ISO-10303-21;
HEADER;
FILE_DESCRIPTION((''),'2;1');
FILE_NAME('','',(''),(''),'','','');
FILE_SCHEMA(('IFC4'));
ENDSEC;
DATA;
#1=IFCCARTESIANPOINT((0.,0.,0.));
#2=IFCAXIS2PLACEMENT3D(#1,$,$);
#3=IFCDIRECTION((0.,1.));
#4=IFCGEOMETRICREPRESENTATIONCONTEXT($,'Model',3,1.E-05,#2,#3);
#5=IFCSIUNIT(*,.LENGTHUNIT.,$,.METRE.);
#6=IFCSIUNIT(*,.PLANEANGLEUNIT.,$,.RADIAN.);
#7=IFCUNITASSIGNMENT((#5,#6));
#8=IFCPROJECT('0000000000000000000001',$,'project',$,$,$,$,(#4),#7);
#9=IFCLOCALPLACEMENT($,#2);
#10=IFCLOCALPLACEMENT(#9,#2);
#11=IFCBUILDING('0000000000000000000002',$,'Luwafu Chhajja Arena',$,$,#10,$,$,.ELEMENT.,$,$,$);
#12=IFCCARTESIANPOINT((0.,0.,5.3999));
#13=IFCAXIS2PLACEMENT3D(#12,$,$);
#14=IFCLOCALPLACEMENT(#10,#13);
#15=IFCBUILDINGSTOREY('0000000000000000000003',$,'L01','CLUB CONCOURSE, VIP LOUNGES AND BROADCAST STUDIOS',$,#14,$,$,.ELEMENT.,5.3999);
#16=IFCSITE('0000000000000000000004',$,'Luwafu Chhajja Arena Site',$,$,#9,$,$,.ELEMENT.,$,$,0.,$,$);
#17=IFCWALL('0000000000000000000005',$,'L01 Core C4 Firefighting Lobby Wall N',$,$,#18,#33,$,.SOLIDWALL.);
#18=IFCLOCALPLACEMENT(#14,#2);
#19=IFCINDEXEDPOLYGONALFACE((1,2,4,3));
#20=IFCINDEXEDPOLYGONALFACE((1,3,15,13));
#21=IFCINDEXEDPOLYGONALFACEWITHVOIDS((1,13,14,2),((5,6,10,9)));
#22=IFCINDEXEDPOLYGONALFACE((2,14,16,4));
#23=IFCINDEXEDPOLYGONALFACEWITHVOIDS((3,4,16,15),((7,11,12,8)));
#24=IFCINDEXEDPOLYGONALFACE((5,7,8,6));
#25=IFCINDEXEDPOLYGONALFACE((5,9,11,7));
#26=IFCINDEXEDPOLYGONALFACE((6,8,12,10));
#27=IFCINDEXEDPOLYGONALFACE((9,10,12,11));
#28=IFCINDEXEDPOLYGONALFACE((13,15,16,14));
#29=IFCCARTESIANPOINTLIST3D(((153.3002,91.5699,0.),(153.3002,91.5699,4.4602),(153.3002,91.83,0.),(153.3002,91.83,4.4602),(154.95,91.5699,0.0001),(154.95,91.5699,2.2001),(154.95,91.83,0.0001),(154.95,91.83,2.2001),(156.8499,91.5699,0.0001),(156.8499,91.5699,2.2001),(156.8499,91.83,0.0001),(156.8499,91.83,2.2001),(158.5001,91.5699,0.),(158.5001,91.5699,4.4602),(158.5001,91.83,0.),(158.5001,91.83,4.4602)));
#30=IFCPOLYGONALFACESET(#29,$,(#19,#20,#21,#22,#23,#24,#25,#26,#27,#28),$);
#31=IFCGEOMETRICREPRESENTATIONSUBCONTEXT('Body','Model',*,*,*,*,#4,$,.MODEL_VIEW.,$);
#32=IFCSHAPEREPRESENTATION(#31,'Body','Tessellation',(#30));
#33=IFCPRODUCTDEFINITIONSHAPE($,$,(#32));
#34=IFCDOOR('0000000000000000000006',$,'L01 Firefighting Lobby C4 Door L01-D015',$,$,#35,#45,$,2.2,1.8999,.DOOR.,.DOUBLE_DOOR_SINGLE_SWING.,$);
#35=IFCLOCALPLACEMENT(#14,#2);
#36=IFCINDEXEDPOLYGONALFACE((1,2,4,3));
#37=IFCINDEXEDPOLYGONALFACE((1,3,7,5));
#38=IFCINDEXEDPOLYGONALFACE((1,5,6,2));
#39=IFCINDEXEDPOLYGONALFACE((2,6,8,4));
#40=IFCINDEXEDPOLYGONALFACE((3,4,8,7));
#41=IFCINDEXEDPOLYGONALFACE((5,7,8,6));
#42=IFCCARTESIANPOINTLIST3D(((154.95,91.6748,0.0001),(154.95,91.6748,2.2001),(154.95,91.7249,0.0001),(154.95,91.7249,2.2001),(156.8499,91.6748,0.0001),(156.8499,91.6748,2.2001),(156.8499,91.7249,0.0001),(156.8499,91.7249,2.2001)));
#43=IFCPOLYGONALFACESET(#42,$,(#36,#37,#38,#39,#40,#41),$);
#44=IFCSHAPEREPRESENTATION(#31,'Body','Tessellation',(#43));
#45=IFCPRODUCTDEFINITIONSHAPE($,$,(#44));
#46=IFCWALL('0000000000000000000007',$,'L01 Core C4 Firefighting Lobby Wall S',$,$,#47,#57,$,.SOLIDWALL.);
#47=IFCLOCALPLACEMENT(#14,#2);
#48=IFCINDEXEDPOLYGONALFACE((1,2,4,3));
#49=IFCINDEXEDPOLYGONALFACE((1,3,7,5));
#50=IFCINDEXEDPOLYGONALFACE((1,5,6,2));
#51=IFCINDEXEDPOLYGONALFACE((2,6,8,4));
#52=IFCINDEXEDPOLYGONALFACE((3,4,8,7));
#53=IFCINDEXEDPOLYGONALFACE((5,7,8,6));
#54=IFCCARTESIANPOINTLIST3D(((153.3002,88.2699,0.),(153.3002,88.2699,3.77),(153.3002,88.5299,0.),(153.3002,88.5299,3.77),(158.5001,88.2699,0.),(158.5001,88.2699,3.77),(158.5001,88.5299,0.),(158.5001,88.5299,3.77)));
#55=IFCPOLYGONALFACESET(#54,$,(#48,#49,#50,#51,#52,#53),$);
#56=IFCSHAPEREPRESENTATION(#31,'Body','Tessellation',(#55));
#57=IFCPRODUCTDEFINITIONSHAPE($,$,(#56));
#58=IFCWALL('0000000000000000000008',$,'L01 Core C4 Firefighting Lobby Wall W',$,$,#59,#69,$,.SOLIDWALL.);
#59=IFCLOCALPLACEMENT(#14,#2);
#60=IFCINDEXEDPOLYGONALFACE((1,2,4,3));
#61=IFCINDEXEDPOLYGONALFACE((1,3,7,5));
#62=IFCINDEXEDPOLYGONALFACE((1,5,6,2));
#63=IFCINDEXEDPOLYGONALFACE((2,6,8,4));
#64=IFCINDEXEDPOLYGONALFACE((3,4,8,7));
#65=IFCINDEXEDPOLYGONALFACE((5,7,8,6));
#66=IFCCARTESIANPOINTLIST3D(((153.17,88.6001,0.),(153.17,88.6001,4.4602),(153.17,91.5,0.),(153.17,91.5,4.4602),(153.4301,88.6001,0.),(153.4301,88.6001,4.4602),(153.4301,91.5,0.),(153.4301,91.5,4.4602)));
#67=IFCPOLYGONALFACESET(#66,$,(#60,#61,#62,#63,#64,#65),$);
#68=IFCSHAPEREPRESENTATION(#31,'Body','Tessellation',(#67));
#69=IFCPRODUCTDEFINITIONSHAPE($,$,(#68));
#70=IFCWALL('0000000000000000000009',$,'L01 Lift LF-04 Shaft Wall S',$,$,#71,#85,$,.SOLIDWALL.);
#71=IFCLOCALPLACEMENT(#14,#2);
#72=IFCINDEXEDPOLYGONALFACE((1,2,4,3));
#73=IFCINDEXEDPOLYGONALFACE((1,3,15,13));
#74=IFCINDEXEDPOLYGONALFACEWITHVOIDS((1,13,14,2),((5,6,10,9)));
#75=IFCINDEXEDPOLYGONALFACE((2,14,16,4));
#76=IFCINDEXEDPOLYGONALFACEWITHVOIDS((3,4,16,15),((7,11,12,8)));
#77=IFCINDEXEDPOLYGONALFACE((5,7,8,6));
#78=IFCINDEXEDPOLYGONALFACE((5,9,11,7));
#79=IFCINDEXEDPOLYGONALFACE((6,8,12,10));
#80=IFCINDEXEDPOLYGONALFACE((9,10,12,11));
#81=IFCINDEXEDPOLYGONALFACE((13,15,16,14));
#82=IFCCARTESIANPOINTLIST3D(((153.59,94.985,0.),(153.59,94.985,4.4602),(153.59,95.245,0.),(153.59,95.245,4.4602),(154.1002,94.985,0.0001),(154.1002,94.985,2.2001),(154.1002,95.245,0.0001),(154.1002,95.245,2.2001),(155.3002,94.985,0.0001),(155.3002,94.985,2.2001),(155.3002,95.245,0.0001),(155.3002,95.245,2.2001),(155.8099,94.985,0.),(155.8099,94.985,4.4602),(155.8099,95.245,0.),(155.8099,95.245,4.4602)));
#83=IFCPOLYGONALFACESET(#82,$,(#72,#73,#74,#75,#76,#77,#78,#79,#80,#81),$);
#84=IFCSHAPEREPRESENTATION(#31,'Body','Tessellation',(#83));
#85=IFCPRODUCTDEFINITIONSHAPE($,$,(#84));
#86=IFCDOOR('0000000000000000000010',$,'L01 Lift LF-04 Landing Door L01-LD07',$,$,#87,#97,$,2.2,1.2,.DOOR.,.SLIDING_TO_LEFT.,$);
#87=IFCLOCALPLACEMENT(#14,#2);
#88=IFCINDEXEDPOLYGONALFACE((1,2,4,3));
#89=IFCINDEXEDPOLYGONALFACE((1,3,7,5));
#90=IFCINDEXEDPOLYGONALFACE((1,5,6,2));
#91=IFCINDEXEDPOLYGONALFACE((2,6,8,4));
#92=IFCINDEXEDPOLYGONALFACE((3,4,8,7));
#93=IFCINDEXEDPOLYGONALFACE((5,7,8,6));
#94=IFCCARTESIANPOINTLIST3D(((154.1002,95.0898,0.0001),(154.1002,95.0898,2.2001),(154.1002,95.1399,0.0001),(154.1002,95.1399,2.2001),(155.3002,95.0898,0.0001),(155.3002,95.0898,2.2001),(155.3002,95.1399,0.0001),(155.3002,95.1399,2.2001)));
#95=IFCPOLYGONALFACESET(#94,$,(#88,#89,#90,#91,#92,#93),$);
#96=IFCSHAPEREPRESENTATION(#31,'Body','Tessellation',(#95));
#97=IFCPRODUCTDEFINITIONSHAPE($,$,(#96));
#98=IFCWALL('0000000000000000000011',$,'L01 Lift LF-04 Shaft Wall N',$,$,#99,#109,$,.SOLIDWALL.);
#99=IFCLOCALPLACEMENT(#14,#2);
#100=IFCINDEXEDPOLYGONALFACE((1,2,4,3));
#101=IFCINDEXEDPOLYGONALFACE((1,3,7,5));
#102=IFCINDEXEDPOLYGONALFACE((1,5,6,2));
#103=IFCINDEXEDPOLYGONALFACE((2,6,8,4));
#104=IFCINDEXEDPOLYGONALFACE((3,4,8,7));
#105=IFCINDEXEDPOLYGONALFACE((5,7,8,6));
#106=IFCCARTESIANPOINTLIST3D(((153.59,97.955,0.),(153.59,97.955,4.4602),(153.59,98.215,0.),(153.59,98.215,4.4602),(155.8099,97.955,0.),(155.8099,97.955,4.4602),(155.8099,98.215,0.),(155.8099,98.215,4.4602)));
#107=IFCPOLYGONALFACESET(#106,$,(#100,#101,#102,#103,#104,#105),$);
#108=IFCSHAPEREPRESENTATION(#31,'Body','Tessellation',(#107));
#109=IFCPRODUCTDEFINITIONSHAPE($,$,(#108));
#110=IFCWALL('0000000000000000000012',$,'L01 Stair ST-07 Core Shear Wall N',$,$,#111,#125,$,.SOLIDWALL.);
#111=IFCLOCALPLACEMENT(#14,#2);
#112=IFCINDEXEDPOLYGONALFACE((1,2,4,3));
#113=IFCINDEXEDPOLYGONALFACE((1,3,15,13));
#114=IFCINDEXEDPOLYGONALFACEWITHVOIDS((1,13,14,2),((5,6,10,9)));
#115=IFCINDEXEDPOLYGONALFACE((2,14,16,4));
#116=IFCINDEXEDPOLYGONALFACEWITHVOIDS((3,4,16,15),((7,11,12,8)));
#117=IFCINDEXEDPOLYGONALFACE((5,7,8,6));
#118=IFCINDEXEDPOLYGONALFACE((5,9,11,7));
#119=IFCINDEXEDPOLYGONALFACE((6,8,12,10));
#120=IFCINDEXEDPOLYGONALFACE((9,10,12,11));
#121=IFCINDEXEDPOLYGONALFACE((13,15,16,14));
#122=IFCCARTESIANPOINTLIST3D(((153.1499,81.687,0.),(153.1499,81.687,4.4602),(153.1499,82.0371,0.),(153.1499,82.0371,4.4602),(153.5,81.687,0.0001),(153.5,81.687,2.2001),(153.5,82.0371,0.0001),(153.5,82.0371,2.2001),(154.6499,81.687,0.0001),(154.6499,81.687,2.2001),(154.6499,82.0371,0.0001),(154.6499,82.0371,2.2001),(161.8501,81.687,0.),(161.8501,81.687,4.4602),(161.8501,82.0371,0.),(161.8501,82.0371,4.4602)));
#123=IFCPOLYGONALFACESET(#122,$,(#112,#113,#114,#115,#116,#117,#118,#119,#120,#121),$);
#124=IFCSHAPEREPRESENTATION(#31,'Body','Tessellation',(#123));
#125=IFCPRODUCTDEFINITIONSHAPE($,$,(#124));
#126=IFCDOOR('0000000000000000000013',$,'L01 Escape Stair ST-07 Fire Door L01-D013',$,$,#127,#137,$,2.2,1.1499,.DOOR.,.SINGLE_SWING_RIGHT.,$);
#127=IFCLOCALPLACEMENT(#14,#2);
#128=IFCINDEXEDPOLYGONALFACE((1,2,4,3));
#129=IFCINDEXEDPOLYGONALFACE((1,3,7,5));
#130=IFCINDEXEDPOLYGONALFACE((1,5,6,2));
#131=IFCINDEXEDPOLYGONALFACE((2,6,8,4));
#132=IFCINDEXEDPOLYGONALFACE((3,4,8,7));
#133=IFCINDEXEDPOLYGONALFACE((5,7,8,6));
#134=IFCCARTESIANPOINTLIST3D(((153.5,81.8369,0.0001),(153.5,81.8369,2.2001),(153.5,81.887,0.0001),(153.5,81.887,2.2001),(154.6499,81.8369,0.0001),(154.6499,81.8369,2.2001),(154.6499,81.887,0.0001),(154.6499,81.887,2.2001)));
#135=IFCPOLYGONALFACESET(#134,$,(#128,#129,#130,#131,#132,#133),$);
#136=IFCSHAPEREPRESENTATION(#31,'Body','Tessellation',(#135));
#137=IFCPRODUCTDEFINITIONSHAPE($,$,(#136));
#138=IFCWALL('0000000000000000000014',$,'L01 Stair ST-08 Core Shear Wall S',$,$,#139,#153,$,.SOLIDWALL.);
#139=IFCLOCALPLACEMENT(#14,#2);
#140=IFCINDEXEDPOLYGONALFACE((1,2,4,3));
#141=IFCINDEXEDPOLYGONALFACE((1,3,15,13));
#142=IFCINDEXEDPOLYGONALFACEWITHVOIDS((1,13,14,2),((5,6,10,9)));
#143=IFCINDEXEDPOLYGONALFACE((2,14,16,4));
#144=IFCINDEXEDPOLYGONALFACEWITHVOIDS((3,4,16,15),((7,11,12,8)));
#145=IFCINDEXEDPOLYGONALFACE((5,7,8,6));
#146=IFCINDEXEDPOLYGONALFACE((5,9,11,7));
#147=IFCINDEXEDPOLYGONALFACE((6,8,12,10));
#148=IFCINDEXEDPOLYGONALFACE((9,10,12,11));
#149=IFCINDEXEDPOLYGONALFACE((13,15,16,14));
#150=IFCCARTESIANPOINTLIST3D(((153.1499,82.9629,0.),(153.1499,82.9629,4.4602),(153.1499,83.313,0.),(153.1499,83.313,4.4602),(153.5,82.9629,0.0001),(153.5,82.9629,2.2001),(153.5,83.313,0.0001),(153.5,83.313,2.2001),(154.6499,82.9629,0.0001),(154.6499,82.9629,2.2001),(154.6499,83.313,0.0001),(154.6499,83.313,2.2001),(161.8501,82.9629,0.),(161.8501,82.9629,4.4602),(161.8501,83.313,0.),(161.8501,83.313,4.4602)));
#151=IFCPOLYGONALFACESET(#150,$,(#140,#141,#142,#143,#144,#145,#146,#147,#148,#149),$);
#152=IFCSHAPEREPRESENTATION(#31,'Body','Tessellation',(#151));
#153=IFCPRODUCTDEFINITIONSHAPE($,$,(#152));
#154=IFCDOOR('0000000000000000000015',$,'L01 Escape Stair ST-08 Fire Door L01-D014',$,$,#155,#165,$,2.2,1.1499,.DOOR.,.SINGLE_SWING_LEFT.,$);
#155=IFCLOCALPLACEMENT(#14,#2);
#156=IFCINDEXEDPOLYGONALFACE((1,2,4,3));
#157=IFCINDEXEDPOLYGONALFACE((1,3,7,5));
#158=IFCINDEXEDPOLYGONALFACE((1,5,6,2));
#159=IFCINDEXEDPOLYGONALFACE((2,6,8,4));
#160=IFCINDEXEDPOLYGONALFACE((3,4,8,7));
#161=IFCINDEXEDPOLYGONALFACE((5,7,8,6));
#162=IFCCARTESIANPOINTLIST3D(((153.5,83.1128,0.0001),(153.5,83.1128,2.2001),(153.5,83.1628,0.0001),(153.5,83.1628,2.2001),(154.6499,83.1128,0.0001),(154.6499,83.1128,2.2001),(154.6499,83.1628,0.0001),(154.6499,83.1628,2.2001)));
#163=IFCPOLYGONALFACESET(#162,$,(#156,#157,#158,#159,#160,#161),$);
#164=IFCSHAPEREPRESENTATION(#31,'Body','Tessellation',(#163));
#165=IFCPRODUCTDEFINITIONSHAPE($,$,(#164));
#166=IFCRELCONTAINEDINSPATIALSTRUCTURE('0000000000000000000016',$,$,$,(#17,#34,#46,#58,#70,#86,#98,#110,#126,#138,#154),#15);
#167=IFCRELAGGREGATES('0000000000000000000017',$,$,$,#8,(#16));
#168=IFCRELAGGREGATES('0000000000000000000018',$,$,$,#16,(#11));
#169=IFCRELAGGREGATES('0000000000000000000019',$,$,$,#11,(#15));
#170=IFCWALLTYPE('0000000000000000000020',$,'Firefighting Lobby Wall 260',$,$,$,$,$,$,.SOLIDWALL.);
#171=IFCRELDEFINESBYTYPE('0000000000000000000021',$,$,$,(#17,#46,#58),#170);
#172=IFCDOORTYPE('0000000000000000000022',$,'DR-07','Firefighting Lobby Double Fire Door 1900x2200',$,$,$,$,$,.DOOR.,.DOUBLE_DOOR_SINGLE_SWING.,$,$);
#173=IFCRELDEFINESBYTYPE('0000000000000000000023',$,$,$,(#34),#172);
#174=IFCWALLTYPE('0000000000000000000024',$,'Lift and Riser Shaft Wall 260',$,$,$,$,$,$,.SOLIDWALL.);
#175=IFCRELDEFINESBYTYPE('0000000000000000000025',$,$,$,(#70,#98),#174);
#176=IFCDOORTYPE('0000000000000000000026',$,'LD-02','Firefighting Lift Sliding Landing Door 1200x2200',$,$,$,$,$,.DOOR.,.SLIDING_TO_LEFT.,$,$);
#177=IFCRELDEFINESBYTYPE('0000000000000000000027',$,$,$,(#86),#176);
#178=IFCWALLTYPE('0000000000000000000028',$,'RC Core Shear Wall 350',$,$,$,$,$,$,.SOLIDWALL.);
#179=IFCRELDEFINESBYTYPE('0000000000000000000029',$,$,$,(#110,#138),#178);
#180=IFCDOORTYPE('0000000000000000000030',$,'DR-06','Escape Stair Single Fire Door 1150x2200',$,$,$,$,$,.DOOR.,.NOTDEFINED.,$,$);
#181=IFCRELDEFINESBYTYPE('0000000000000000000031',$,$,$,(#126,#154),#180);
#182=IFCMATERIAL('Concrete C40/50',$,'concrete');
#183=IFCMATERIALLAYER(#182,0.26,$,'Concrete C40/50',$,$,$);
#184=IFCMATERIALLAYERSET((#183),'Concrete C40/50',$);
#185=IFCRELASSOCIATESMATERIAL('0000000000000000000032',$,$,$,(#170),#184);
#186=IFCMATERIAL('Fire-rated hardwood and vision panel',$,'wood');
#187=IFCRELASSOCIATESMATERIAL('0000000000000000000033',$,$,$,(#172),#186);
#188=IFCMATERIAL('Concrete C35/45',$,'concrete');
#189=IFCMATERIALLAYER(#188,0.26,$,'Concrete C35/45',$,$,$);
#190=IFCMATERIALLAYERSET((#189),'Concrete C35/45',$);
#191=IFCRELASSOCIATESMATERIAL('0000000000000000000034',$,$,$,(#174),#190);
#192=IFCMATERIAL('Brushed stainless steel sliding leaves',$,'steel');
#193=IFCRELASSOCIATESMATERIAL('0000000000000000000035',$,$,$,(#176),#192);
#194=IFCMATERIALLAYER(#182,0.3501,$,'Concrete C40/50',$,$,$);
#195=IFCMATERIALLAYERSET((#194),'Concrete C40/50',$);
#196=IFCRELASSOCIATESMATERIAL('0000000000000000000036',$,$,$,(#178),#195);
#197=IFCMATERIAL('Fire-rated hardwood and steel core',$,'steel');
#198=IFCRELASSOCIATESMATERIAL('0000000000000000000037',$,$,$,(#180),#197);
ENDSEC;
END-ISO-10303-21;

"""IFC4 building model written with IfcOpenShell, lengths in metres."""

from ifc_helpers import new_model, si_unit, direction, frame, frame_2d, origin, place, context, subcontext, project, spatial, rectangle, extrude, material, layer, layer_set, type_object, element, fill, save


model = new_model("IFC4")

# Units and contexts
model_context = context("Model", 3, precision=1e-05, world=origin(), true_north=direction((0.0, 1.0)))
body_context = subcontext(model_context, "Body", "Model", "MODEL_VIEW")
ifc_project = project(units=[si_unit("LENGTHUNIT", "METRE"), si_unit("PLANEANGLEUNIT", "RADIAN")], contexts=[model_context])

# Site, building, storey
site_placement = place(None, origin())
site = spatial("IfcSite", under=ifc_project, at=site_placement, Name="Luwafu Chhajja Arena Site", CompositionType="ELEMENT", RefElevation=0.0)
building_placement = place(site_placement, origin())
building = spatial("IfcBuilding", under=site, at=building_placement, Name="Luwafu Chhajja Arena", CompositionType="ELEMENT")
storey_placement = place(building_placement, frame((0.0, 0.0, 5.3999)))
storey = spatial("IfcBuildingStorey", under=building, at=storey_placement, Name="L01", Description="CLUB CONCOURSE, VIP LOUNGES AND BROADCAST STUDIOS", CompositionType="ELEMENT", Elevation=5.3999)

# Shared definitions
ifc_material_1 = material(Name="Concrete C35/45", Category="concrete")

# Wall, opening, door
ifc_material_2 = material(Name="Concrete C40/50", Category="concrete")
ifc_layer_1 = layer(ifc_material_2, 0.26, Name="Concrete C40/50")
ifc_layer_set_1 = layer_set([ifc_layer_1], Name="Concrete C40/50")
wall_type_1 = type_object("IfcWallType", Name="Firefighting Lobby Wall 260", PredefinedType="SOLIDWALL", material=ifc_layer_set_1)
wall_1_placement = place(storey_placement, frame((153.3, 91.7, 0.0), z_axis=(0.0, 0.0, 1.0), x_axis=(1.0, 0.0, 0.0)))
wall_1 = element("IfcWall", 1, at=wall_1_placement, inside=storey, type_object=wall_type_1, Name="L01 Core C4 Firefighting Lobby Wall N", PredefinedType="SOLIDWALL", context=body_context, shape_type="SweptSolid", body=[
    extrude(rectangle(XDim=5.2, YDim=0.26, at=frame_2d((2.6001, 0.0))), origin(), (0.0, 0.0, 1.0), 4.4602),
])
opening_1_placement = place(wall_1_placement, frame((1.6499, 0.0, 0.0)))
opening_1 = element("IfcOpeningElement", 2, at=opening_1_placement, cuts=wall_1, PredefinedType="OPENING", context=body_context, shape_type="SweptSolid", body=[
    extrude(rectangle(XDim=1.8999, YDim=2.2, at=frame_2d((0.95, 1.1001))), frame((0.0, 0.1399, 0.0), z_axis=(0.0, -1.0, 0.0), x_axis=(1.0, 0.0, 0.0)), (0.0, 0.0, 1.0), 0.28),
])
ifc_material_3 = material(Name="Fire-rated hardwood and vision panel", Category="wood")
door_type_1 = type_object("IfcDoorType", Name="DR-07", Description="Firefighting Lobby Double Fire Door 1900x2200", OperationType="DOUBLE_DOOR_SINGLE_SWING", PredefinedType="DOOR", material=ifc_material_3)
door_1_placement = place(opening_1_placement, origin())
door_1 = element("IfcDoor", 3, at=door_1_placement, inside=storey, type_object=door_type_1, Name="L01 Firefighting Lobby C4 Door L01-D015", OperationType="DOUBLE_DOOR_SINGLE_SWING", OverallHeight=2.2, OverallWidth=1.8999, PredefinedType="DOOR", context=body_context, shape_type="SweptSolid", body=[
    extrude(rectangle(XDim=1.8999, YDim=2.2, at=frame_2d((0.95, 1.1001))), frame((0.0, 0.0249, 0.0), z_axis=(0.0, -1.0, 0.0), x_axis=(1.0, 0.0, 0.0)), (0.0, 0.0, 1.0), 0.05),
])
fill(opening_1, door_1)

# Walls
wall_2_placement = place(storey_placement, frame((153.3, 88.3999, 0.0), z_axis=(0.0, 0.0, 1.0), x_axis=(1.0, 0.0, 0.0)))
element("IfcWall", 4, at=wall_2_placement, inside=storey, type_object=wall_type_1, Name="L01 Core C4 Firefighting Lobby Wall S", PredefinedType="SOLIDWALL", context=body_context, shape_type="SweptSolid", body=[
    extrude(rectangle(XDim=5.2, YDim=0.26, at=frame_2d((2.6001, 0.0))), origin(), (0.0, 0.0, 1.0), 3.77),
])
wall_3_placement = place(storey_placement, frame((153.3, 88.6001, 0.0), z_axis=(0.0, 0.0, 1.0), x_axis=(0.0, 1.0, 0.0)))
element("IfcWall", 5, at=wall_3_placement, inside=storey, type_object=wall_type_1, Name="L01 Core C4 Firefighting Lobby Wall W", PredefinedType="SOLIDWALL", context=body_context, shape_type="SweptSolid", body=[
    extrude(rectangle(XDim=2.8999, YDim=0.26, at=frame_2d((1.45, 0.0))), origin(), (0.0, 0.0, 1.0), 4.4602),
])

# Wall, opening, door
ifc_layer_2 = layer(ifc_material_1, 0.26, Name="Concrete C35/45")
ifc_layer_set_2 = layer_set([ifc_layer_2], Name="Concrete C35/45")
wall_type_2 = type_object("IfcWallType", Name="Lift and Riser Shaft Wall 260", PredefinedType="SOLIDWALL", material=ifc_layer_set_2)
wall_4_placement = place(storey_placement, frame((153.5901, 95.115, 0.0), z_axis=(0.0, 0.0, 1.0), x_axis=(1.0, 0.0, 0.0)))
wall_4 = element("IfcWall", 6, at=wall_4_placement, inside=storey, type_object=wall_type_2, Name="L01 Lift LF-04 Shaft Wall S", PredefinedType="SOLIDWALL", context=body_context, shape_type="SweptSolid", body=[
    extrude(rectangle(XDim=2.22, YDim=0.26, at=frame_2d((1.1099, 0.0))), origin(), (0.0, 0.0, 1.0), 4.4602),
])
opening_2_placement = place(wall_4_placement, frame((0.51, 0.0, 0.0)))
opening_2 = element("IfcOpeningElement", 7, at=opening_2_placement, cuts=wall_4, PredefinedType="OPENING", context=body_context, shape_type="SweptSolid", body=[
    extrude(rectangle(XDim=1.2, YDim=2.2, at=frame_2d((0.6001, 1.1001))), frame((0.0, 0.1399, 0.0), z_axis=(0.0, -1.0, 0.0), x_axis=(1.0, 0.0, 0.0)), (0.0, 0.0, 1.0), 0.28),
])
ifc_material_4 = material(Name="Brushed stainless steel sliding leaves", Category="steel")
door_type_2 = type_object("IfcDoorType", Name="LD-02", Description="Firefighting Lift Sliding Landing Door 1200x2200", OperationType="SLIDING_TO_LEFT", PredefinedType="DOOR", material=ifc_material_4)
door_2_placement = place(opening_2_placement, origin())
door_2 = element("IfcDoor", 8, at=door_2_placement, inside=storey, type_object=door_type_2, Name="L01 Lift LF-04 Landing Door L01-LD07", OperationType="SLIDING_TO_LEFT", OverallHeight=2.2, OverallWidth=1.2, PredefinedType="DOOR", context=body_context, shape_type="SweptSolid", body=[
    extrude(rectangle(XDim=1.2, YDim=2.2, at=frame_2d((0.6001, 1.1001))), frame((0.0, 0.0249, 0.0), z_axis=(0.0, -1.0, 0.0), x_axis=(1.0, 0.0, 0.0)), (0.0, 0.0, 1.0), 0.05),
])
fill(opening_2, door_2)

# Wall
wall_5_placement = place(storey_placement, frame((153.5901, 98.085, 0.0), z_axis=(0.0, 0.0, 1.0), x_axis=(1.0, 0.0, 0.0)))
element("IfcWall", 9, at=wall_5_placement, inside=storey, type_object=wall_type_2, Name="L01 Lift LF-04 Shaft Wall N", PredefinedType="SOLIDWALL", context=body_context, shape_type="SweptSolid", body=[
    extrude(rectangle(XDim=2.22, YDim=0.26, at=frame_2d((1.1099, 0.0))), origin(), (0.0, 0.0, 1.0), 4.4602),
])

# Walls, openings, doors
ifc_layer_3 = layer(ifc_material_2, 0.3501, Name="Concrete C40/50")
ifc_layer_set_3 = layer_set([ifc_layer_3], Name="Concrete C40/50")
wall_type_3 = type_object("IfcWallType", Name="RC Core Shear Wall 350", PredefinedType="SOLIDWALL", material=ifc_layer_set_3)
wall_6_placement = place(storey_placement, frame((153.1499, 81.8621, 0.0), z_axis=(0.0, 0.0, 1.0), x_axis=(1.0, 0.0, 0.0)))
wall_6 = element("IfcWall", 10, at=wall_6_placement, inside=storey, type_object=wall_type_3, Name="L01 Stair ST-07 Core Shear Wall N", PredefinedType="SOLIDWALL", context=body_context, shape_type="SweptSolid", body=[
    extrude(rectangle(XDim=8.7002, YDim=0.3501, at=frame_2d((4.3501, 0.0))), origin(), (0.0, 0.0, 1.0), 4.4602),
])
opening_3_placement = place(wall_6_placement, frame((0.3501, 0.0, 0.0)))
opening_3 = element("IfcOpeningElement", 11, at=opening_3_placement, cuts=wall_6, PredefinedType="OPENING", context=body_context, shape_type="SweptSolid", body=[
    extrude(rectangle(XDim=1.1499, YDim=2.2, at=frame_2d((0.575, 1.1001))), frame((0.0, 0.1851, 0.0), z_axis=(0.0, -1.0, 0.0), x_axis=(1.0, 0.0, 0.0)), (0.0, 0.0, 1.0), 0.3701),
])
ifc_material_5 = material(Name="Fire-rated hardwood and steel core", Category="steel")
door_type_3 = type_object("IfcDoorType", Name="DR-06", Description="Escape Stair Single Fire Door 1150x2200", OperationType="NOTDEFINED", PredefinedType="DOOR", material=ifc_material_5)
door_3_placement = place(opening_3_placement, origin())
door_3 = element("IfcDoor", 12, at=door_3_placement, inside=storey, type_object=door_type_3, Name="L01 Escape Stair ST-07 Fire Door L01-D013", OperationType="SINGLE_SWING_RIGHT", OverallHeight=2.2, OverallWidth=1.1499, PredefinedType="DOOR", context=body_context, shape_type="SweptSolid", body=[
    extrude(rectangle(XDim=1.1499, YDim=2.2, at=frame_2d((0.575, 1.1001))), frame((0.0, 0.0249, 0.0), z_axis=(0.0, -1.0, 0.0), x_axis=(1.0, 0.0, 0.0)), (0.0, 0.0, 1.0), 0.05),
])
fill(opening_3, door_3)
wall_7_placement = place(storey_placement, frame((153.1499, 83.1379, 0.0), z_axis=(0.0, 0.0, 1.0), x_axis=(1.0, 0.0, 0.0)))
wall_7 = element("IfcWall", 13, at=wall_7_placement, inside=storey, type_object=wall_type_3, Name="L01 Stair ST-08 Core Shear Wall S", PredefinedType="SOLIDWALL", context=body_context, shape_type="SweptSolid", body=[
    extrude(rectangle(XDim=8.7002, YDim=0.3501, at=frame_2d((4.3501, 0.0))), origin(), (0.0, 0.0, 1.0), 4.4602),
])
opening_4_placement = place(wall_7_placement, frame((0.3501, 0.0, 0.0)))
opening_4 = element("IfcOpeningElement", 14, at=opening_4_placement, cuts=wall_7, PredefinedType="OPENING", context=body_context, shape_type="SweptSolid", body=[
    extrude(rectangle(XDim=1.1499, YDim=2.2, at=frame_2d((0.575, 1.1001))), frame((0.0, 0.1851, 0.0), z_axis=(0.0, -1.0, 0.0), x_axis=(1.0, 0.0, 0.0)), (0.0, 0.0, 1.0), 0.3701),
])
door_4_placement = place(opening_4_placement, origin())
door_4 = element("IfcDoor", 15, at=door_4_placement, inside=storey, type_object=door_type_3, Name="L01 Escape Stair ST-08 Fire Door L01-D014", OperationType="SINGLE_SWING_LEFT", OverallHeight=2.2, OverallWidth=1.1499, PredefinedType="DOOR", context=body_context, shape_type="SweptSolid", body=[
    extrude(rectangle(XDim=1.1499, YDim=2.2, at=frame_2d((0.575, 1.1001))), frame((0.0, 0.0249, 0.0), z_axis=(0.0, -1.0, 0.0), x_axis=(1.0, 0.0, 0.0)), (0.0, 0.0, 1.0), 0.05),
])
fill(opening_4, door_4)

save(model, "model.ifc")
